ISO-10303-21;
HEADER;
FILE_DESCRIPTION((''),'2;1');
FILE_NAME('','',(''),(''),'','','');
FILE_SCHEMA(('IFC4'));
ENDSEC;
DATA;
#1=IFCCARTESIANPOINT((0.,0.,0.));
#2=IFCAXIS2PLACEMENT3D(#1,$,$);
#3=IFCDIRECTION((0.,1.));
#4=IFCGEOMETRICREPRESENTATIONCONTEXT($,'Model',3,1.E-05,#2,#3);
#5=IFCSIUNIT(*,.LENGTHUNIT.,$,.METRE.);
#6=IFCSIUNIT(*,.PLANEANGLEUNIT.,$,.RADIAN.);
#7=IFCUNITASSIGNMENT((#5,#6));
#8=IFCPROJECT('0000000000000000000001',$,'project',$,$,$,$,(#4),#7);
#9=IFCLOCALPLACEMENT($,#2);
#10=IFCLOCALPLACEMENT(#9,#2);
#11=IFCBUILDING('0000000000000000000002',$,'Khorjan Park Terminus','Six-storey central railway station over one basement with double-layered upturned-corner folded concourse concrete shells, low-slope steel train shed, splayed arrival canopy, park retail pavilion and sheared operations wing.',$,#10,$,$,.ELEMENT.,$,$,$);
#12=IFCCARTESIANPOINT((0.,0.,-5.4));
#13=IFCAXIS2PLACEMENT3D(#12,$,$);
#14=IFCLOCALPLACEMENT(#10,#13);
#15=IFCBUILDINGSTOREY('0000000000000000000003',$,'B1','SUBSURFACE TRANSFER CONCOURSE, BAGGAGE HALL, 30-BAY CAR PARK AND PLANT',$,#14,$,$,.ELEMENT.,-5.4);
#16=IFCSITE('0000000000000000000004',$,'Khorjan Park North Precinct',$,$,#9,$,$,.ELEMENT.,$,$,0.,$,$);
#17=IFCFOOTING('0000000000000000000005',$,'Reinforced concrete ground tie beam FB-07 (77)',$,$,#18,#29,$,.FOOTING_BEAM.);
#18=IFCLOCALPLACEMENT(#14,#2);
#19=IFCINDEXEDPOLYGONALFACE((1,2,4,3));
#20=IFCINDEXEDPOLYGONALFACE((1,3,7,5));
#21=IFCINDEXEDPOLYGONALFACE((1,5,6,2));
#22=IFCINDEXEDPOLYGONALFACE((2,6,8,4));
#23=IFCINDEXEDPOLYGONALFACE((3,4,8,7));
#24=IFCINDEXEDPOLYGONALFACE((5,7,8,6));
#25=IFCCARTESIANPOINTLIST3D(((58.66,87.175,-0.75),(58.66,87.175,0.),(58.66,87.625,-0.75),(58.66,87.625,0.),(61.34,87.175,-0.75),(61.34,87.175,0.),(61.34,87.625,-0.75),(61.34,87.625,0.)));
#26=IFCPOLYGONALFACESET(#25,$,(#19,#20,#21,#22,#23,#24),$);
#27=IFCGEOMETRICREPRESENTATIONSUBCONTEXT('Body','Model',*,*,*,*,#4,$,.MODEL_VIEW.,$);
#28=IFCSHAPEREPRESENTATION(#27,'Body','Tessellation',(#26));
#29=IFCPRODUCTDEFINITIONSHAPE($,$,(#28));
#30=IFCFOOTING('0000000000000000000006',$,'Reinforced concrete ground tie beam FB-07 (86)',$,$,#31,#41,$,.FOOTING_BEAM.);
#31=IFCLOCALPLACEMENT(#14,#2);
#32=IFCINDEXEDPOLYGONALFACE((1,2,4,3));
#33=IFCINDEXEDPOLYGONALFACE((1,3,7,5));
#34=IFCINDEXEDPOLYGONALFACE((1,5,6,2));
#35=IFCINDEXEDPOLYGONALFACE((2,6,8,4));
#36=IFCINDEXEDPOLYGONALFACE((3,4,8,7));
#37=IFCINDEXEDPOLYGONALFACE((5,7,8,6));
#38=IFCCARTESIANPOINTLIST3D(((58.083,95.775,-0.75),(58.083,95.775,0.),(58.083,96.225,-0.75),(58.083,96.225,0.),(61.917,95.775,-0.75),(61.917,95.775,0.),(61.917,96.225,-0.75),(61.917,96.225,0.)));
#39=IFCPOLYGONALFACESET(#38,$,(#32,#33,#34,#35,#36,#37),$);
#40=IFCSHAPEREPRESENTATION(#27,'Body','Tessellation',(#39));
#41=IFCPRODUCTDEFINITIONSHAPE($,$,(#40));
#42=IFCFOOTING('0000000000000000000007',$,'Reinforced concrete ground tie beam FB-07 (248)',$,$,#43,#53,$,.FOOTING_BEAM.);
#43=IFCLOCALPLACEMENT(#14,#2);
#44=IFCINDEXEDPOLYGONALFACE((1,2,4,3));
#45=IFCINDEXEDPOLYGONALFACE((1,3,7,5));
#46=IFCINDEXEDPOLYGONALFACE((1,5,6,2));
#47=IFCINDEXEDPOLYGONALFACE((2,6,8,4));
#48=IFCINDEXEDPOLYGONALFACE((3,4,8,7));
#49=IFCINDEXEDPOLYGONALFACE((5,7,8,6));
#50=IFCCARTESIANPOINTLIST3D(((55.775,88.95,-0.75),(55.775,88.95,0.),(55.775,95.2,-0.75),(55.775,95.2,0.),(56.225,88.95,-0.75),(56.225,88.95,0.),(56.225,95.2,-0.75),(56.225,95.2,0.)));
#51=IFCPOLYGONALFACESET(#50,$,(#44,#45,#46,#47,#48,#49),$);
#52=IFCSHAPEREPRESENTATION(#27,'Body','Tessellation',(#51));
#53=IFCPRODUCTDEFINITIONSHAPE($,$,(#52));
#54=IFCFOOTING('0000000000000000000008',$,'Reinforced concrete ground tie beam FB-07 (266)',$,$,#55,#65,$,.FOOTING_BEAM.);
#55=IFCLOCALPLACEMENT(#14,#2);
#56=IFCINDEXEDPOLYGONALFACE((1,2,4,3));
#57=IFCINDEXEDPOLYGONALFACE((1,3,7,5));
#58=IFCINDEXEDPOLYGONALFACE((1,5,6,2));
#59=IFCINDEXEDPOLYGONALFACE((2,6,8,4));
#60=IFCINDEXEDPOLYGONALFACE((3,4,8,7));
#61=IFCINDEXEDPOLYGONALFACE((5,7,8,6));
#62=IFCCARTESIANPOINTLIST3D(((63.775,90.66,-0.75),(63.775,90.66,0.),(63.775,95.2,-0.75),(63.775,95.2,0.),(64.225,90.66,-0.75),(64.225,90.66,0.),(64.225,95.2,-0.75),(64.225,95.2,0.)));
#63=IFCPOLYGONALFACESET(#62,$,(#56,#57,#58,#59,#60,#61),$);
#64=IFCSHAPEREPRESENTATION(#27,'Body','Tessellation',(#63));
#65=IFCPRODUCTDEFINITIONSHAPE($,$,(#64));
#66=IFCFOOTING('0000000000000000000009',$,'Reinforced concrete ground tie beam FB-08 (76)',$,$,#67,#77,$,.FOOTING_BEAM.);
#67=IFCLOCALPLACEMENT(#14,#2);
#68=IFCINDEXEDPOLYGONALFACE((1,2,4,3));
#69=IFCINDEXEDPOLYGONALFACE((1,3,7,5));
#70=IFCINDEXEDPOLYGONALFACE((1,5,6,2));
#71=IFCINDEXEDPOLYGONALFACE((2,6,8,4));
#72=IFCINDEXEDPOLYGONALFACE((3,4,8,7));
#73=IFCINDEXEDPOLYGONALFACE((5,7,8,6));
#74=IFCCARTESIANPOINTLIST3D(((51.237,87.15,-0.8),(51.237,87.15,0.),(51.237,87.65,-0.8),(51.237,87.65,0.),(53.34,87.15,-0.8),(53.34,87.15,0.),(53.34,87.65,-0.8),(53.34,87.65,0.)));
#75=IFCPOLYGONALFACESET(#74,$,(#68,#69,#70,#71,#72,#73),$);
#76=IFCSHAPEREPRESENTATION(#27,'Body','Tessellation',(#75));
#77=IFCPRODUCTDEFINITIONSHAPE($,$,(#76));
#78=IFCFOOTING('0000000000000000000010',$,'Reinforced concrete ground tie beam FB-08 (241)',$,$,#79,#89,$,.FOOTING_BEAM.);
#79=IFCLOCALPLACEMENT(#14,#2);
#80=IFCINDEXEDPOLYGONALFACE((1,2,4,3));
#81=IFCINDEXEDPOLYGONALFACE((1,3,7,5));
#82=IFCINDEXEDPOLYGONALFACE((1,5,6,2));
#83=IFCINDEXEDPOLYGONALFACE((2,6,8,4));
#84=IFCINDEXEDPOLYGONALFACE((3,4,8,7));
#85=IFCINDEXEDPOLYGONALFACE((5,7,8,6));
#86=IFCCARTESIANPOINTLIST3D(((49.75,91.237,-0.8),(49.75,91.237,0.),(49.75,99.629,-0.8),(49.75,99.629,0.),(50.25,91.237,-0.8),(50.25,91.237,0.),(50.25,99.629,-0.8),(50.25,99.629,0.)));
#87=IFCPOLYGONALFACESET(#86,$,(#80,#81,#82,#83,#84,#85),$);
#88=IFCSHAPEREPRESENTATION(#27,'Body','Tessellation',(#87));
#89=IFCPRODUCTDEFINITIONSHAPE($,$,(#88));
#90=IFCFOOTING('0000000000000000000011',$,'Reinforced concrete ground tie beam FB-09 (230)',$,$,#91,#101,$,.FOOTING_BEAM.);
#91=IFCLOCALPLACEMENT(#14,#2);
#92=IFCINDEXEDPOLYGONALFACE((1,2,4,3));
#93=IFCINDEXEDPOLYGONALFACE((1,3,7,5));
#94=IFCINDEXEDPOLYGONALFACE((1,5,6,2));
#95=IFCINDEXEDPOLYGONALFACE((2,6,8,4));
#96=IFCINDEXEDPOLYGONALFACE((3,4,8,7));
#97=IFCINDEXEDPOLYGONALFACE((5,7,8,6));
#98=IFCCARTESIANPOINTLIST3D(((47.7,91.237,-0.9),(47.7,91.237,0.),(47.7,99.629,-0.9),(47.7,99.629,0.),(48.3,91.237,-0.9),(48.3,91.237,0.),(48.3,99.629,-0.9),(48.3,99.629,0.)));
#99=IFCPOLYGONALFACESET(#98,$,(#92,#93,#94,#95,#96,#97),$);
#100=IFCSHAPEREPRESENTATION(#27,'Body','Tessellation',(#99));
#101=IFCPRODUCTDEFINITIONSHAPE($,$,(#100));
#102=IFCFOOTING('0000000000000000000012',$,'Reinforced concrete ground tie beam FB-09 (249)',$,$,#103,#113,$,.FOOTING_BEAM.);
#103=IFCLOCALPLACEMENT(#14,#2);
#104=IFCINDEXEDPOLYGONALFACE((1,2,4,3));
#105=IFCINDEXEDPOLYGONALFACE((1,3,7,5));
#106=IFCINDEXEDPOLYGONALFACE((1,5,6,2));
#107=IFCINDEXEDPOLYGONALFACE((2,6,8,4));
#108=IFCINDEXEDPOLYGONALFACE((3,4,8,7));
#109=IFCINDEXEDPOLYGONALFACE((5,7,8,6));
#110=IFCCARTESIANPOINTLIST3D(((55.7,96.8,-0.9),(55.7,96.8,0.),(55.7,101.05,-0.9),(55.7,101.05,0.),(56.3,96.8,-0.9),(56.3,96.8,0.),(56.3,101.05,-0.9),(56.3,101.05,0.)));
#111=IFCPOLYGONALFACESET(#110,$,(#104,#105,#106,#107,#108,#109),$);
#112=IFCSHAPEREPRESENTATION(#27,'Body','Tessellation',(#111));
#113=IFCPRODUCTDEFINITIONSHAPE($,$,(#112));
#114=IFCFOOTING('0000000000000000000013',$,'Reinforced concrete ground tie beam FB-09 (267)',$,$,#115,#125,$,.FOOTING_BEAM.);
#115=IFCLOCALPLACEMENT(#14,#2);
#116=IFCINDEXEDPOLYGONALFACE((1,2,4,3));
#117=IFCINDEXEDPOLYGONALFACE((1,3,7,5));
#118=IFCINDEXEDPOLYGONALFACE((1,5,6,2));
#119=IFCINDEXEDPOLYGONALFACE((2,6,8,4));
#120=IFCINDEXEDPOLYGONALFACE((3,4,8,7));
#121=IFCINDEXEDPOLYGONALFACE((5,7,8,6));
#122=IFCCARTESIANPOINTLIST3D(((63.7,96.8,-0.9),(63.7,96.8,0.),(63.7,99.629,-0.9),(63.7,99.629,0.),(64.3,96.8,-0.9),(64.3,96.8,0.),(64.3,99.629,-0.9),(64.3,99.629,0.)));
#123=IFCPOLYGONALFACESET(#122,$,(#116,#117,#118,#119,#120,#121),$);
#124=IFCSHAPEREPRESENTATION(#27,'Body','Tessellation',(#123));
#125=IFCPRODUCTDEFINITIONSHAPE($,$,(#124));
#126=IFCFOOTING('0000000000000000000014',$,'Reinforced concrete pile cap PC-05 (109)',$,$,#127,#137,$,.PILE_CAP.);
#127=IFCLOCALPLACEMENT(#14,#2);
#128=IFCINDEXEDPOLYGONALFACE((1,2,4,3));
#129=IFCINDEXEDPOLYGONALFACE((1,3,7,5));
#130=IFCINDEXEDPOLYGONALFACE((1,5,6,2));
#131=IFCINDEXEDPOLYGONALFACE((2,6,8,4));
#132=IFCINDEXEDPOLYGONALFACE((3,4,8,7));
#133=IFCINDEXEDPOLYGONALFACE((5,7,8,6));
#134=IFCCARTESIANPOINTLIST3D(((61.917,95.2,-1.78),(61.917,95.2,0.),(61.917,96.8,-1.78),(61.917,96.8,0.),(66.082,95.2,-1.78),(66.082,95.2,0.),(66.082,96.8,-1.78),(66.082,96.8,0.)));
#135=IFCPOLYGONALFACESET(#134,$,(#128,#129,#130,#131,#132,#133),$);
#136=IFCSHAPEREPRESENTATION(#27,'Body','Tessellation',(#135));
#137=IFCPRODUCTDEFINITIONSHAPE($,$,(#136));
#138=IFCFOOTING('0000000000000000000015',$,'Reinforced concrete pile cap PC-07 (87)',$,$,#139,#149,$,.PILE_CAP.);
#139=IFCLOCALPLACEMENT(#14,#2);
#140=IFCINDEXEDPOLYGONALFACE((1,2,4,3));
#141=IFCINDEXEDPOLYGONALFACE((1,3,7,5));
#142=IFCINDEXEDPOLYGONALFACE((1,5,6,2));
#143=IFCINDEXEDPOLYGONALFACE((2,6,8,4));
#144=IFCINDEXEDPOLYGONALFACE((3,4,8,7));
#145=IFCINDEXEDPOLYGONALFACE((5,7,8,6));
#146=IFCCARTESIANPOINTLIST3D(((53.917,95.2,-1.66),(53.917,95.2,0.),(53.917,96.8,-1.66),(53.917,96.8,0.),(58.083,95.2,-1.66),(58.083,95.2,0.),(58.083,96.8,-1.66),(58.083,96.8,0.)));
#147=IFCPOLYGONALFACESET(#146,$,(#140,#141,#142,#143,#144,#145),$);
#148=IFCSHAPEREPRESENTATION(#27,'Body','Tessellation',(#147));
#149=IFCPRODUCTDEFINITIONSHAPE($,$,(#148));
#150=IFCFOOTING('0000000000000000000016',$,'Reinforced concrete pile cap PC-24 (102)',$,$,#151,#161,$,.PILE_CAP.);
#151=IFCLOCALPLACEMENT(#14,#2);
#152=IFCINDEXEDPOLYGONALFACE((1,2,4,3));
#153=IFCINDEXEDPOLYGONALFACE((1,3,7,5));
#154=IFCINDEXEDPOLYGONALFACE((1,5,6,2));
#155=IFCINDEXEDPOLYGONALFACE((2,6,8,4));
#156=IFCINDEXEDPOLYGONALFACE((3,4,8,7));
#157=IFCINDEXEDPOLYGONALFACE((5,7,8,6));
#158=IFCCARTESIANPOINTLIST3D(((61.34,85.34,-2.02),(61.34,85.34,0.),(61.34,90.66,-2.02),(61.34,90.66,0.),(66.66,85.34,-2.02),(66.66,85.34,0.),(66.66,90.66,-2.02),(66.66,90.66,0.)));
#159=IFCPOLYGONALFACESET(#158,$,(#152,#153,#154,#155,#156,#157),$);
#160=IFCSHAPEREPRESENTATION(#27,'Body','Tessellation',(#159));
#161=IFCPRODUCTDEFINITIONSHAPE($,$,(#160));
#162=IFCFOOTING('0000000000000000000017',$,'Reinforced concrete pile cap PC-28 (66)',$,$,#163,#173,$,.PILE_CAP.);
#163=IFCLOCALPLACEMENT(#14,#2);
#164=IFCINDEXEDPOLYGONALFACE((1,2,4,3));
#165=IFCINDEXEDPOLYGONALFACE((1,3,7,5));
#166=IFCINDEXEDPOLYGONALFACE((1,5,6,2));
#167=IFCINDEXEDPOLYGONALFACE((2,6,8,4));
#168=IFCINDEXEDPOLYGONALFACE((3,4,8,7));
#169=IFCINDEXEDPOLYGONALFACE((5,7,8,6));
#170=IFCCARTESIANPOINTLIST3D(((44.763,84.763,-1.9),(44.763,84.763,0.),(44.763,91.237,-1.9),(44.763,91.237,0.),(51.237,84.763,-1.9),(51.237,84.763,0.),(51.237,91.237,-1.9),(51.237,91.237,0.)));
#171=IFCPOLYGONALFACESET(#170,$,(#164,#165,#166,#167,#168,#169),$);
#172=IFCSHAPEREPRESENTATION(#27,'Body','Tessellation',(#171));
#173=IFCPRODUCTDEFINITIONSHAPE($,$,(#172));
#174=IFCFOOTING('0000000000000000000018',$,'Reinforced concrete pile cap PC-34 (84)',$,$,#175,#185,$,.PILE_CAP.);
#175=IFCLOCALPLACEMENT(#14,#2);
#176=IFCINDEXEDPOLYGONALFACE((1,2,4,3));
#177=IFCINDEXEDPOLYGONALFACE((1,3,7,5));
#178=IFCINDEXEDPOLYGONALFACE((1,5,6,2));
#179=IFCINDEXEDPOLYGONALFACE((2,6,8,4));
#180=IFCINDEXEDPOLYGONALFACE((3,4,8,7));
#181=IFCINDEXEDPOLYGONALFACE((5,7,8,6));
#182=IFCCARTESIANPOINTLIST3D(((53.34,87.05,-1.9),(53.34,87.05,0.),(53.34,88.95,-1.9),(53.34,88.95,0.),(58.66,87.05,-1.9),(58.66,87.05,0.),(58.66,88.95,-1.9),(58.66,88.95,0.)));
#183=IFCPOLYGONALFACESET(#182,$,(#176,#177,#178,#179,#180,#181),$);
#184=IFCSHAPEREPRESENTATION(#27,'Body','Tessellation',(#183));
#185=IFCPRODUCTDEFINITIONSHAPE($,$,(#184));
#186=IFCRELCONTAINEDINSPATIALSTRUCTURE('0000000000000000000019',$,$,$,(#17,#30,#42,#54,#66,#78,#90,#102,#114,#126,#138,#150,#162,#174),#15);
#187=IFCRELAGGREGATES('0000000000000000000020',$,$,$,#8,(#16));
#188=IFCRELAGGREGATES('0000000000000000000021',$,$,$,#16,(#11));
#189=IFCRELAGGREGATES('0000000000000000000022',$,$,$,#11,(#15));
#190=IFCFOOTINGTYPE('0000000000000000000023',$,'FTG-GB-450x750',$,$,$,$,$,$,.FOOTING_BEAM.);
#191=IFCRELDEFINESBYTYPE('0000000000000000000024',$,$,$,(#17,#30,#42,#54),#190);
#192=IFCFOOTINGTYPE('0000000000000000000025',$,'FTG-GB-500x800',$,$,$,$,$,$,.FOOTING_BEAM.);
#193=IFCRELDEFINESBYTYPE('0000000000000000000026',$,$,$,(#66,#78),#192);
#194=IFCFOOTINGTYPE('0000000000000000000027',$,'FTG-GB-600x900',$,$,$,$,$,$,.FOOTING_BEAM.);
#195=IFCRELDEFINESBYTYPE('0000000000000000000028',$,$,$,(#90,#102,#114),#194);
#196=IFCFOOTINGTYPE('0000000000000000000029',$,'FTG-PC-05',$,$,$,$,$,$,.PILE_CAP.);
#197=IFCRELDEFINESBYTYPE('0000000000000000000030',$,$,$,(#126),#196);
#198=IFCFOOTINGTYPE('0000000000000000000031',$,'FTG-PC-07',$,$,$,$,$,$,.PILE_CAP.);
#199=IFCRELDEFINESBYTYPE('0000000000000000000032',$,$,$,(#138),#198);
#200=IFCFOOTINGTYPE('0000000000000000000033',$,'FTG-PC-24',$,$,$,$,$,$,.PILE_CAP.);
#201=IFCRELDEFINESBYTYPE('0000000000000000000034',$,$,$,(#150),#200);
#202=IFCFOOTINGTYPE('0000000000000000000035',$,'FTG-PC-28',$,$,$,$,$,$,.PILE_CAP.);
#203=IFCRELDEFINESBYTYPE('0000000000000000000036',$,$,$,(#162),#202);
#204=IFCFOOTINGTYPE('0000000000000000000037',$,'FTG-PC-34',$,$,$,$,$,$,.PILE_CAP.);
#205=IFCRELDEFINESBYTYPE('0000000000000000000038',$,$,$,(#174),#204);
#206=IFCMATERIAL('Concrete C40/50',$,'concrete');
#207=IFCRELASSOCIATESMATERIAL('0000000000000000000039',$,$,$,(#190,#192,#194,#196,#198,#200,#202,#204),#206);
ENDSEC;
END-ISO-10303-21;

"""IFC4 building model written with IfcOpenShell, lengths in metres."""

from ifc_helpers import new_model, si_unit, direction, frame, origin, origin_2d, place, context, subcontext, project, spatial, rectangle, extrude, material, material_profile, profile_set, type_object, element, save


model = new_model("IFC4")

# Units and contexts
model_context = context("Model", 3, precision=1e-05, world=origin(), true_north=direction((0.0, 1.0)))
body_context = subcontext(model_context, "Body", "Model", "MODEL_VIEW")
ifc_project = project(units=[si_unit("LENGTHUNIT", "METRE"), si_unit("PLANEANGLEUNIT", "RADIAN")], contexts=[model_context])

# Site, building, storey
site_placement = place(None, origin())
site = spatial("IfcSite", under=ifc_project, at=site_placement, Name="Khorjan Park North Precinct", CompositionType="ELEMENT", RefElevation=0.0)
building_placement = place(site_placement, origin())
building = spatial("IfcBuilding", under=site, at=building_placement, Name="Khorjan Park Terminus", Description="Six-storey central railway station over one basement with double-layered upturned-corner folded concourse concrete shells, low-slope steel train shed, splayed arrival canopy, park retail pavilion and sheared operations wing.", CompositionType="ELEMENT")
storey_placement = place(building_placement, frame((0.0, 0.0, -5.4)))
storey = spatial("IfcBuildingStorey", under=building, at=storey_placement, Name="B1", Description="SUBSURFACE TRANSFER CONCOURSE, BAGGAGE HALL, 30-BAY CAR PARK AND PLANT", CompositionType="ELEMENT", Elevation=-5.4)

# Footings
ifc_material_1 = material(Name="Concrete C40/50", Category="concrete")
ifc_material_profile_1 = material_profile(ifc_material_1, rectangle(XDim=0.45, YDim=0.75, at=origin_2d()), Name="RC 450x750")
ifc_profile_set_1 = profile_set([ifc_material_profile_1], Name="Concrete C40/50")
footing_type_1 = type_object("IfcFootingType", Name="FTG-GB-450x750", PredefinedType="FOOTING_BEAM", material=ifc_profile_set_1)
footing_1_placement = place(storey_placement, frame((58.66, 87.4, -0.375), z_axis=(1.0, 0.0, 0.0), x_axis=(0.0, 1.0, 0.0)))
element("IfcFooting", 1, at=footing_1_placement, inside=storey, type_object=footing_type_1, Name="Reinforced concrete ground tie beam FB-07 (77)", PredefinedType="FOOTING_BEAM", context=body_context, shape_type="SweptSolid", body=[
    extrude(rectangle(XDim=0.45, YDim=0.75, at=origin_2d()), origin(), (0.0, 0.0, 1.0), 2.68),
])
footing_2_placement = place(storey_placement, frame((58.083, 96.0, -0.375), z_axis=(1.0, 0.0, 0.0), x_axis=(0.0, 1.0, 0.0)))
element("IfcFooting", 2, at=footing_2_placement, inside=storey, type_object=footing_type_1, Name="Reinforced concrete ground tie beam FB-07 (86)", PredefinedType="FOOTING_BEAM", context=body_context, shape_type="SweptSolid", body=[
    extrude(rectangle(XDim=0.45, YDim=0.75, at=origin_2d()), origin(), (0.0, 0.0, 1.0), 3.834),
])
footing_3_placement = place(storey_placement, frame((56.0, 88.95, -0.375), z_axis=(0.0, 1.0, 0.0), x_axis=(-1.0, 0.0, 0.0)))
element("IfcFooting", 3, at=footing_3_placement, inside=storey, type_object=footing_type_1, Name="Reinforced concrete ground tie beam FB-07 (248)", PredefinedType="FOOTING_BEAM", context=body_context, shape_type="SweptSolid", body=[
    extrude(rectangle(XDim=0.45, YDim=0.75, at=origin_2d()), origin(), (0.0, 0.0, 1.0), 6.25),
])
footing_4_placement = place(storey_placement, frame((64.0, 90.66, -0.375), z_axis=(0.0, 1.0, 0.0), x_axis=(-1.0, 0.0, 0.0)))
element("IfcFooting", 4, at=footing_4_placement, inside=storey, type_object=footing_type_1, Name="Reinforced concrete ground tie beam FB-07 (266)", PredefinedType="FOOTING_BEAM", context=body_context, shape_type="SweptSolid", body=[
    extrude(rectangle(XDim=0.45, YDim=0.75, at=origin_2d()), origin(), (0.0, 0.0, 1.0), 4.54),
])
ifc_material_profile_2 = material_profile(ifc_material_1, rectangle(XDim=0.5, YDim=0.8, at=origin_2d()), Name="RC 500x800")
ifc_profile_set_2 = profile_set([ifc_material_profile_2], Name="Concrete C40/50")
footing_type_2 = type_object("IfcFootingType", Name="FTG-GB-500x800", PredefinedType="FOOTING_BEAM", material=ifc_profile_set_2)
footing_5_placement = place(storey_placement, frame((51.237, 87.4, -0.4), z_axis=(1.0, 0.0, 0.0), x_axis=(0.0, 1.0, 0.0)))
element("IfcFooting", 5, at=footing_5_placement, inside=storey, type_object=footing_type_2, Name="Reinforced concrete ground tie beam FB-08 (76)", PredefinedType="FOOTING_BEAM", context=body_context, shape_type="SweptSolid", body=[
    extrude(rectangle(XDim=0.5, YDim=0.8, at=origin_2d()), origin(), (0.0, 0.0, 1.0), 2.103),
])
footing_6_placement = place(storey_placement, frame((50.0, 91.237, -0.4), z_axis=(0.0, 1.0, 0.0), x_axis=(-1.0, 0.0, 0.0)))
element("IfcFooting", 6, at=footing_6_placement, inside=storey, type_object=footing_type_2, Name="Reinforced concrete ground tie beam FB-08 (241)", PredefinedType="FOOTING_BEAM", context=body_context, shape_type="SweptSolid", body=[
    extrude(rectangle(XDim=0.5, YDim=0.8, at=origin_2d()), origin(), (0.0, 0.0, 1.0), 8.392),
])
ifc_material_profile_3 = material_profile(ifc_material_1, rectangle(XDim=0.6, YDim=0.9, at=origin_2d()), Name="RC 600x900")
ifc_profile_set_3 = profile_set([ifc_material_profile_3], Name="Concrete C40/50")
footing_type_3 = type_object("IfcFootingType", Name="FTG-GB-600x900", PredefinedType="FOOTING_BEAM", material=ifc_profile_set_3)
footing_7_placement = place(storey_placement, frame((48.0, 91.237, -0.45), z_axis=(0.0, 1.0, 0.0), x_axis=(-1.0, 0.0, 0.0)))
element("IfcFooting", 7, at=footing_7_placement, inside=storey, type_object=footing_type_3, Name="Reinforced concrete ground tie beam FB-09 (230)", PredefinedType="FOOTING_BEAM", context=body_context, shape_type="SweptSolid", body=[
    extrude(rectangle(XDim=0.6, YDim=0.9, at=origin_2d()), origin(), (0.0, 0.0, 1.0), 8.392),
])
footing_8_placement = place(storey_placement, frame((56.0, 96.8, -0.45), z_axis=(0.0, 1.0, 0.0), x_axis=(-1.0, 0.0, 0.0)))
element("IfcFooting", 8, at=footing_8_placement, inside=storey, type_object=footing_type_3, Name="Reinforced concrete ground tie beam FB-09 (249)", PredefinedType="FOOTING_BEAM", context=body_context, shape_type="SweptSolid", body=[
    extrude(rectangle(XDim=0.6, YDim=0.9, at=origin_2d()), origin(), (0.0, 0.0, 1.0), 4.25),
])
footing_9_placement = place(storey_placement, frame((64.0, 96.8, -0.45), z_axis=(0.0, 1.0, 0.0), x_axis=(-1.0, 0.0, 0.0)))
element("IfcFooting", 9, at=footing_9_placement, inside=storey, type_object=footing_type_3, Name="Reinforced concrete ground tie beam FB-09 (267)", PredefinedType="FOOTING_BEAM", context=body_context, shape_type="SweptSolid", body=[
    extrude(rectangle(XDim=0.6, YDim=0.9, at=origin_2d()), origin(), (0.0, 0.0, 1.0), 2.829),
])
footing_type_4 = type_object("IfcFootingType", Name="FTG-PC-05", PredefinedType="PILE_CAP", material=ifc_material_1)
footing_10_placement = place(storey_placement, frame((63.9995, 96.0, -1.78), z_axis=(0.0, 0.0, 1.0), x_axis=(1.0, 0.0, 0.0)))
element("IfcFooting", 10, at=footing_10_placement, inside=storey, type_object=footing_type_4, Name="Reinforced concrete pile cap PC-05 (109)", PredefinedType="PILE_CAP", context=body_context, shape_type="SweptSolid", body=[
    extrude(rectangle(XDim=4.165, YDim=1.6, at=origin_2d()), origin(), (0.0, 0.0, 1.0), 1.78),
])
footing_type_5 = type_object("IfcFootingType", Name="FTG-PC-07", PredefinedType="PILE_CAP", material=ifc_material_1)
footing_11_placement = place(storey_placement, frame((56.0, 96.0, -1.66), z_axis=(0.0, 0.0, 1.0), x_axis=(1.0, 0.0, 0.0)))
element("IfcFooting", 11, at=footing_11_placement, inside=storey, type_object=footing_type_5, Name="Reinforced concrete pile cap PC-07 (87)", PredefinedType="PILE_CAP", context=body_context, shape_type="SweptSolid", body=[
    extrude(rectangle(XDim=4.166, YDim=1.6, at=origin_2d()), origin(), (0.0, 0.0, 1.0), 1.66),
])
footing_type_6 = type_object("IfcFootingType", Name="FTG-PC-24", PredefinedType="PILE_CAP", material=ifc_material_1)
footing_12_placement = place(storey_placement, frame((64.0, 88.0, -2.02), z_axis=(0.0, 0.0, 1.0), x_axis=(1.0, 0.0, 0.0)))
element("IfcFooting", 12, at=footing_12_placement, inside=storey, type_object=footing_type_6, Name="Reinforced concrete pile cap PC-24 (102)", PredefinedType="PILE_CAP", context=body_context, shape_type="SweptSolid", body=[
    extrude(rectangle(XDim=5.32, YDim=5.32, at=origin_2d()), origin(), (0.0, 0.0, 1.0), 2.02),
])
footing_type_7 = type_object("IfcFootingType", Name="FTG-PC-28", PredefinedType="PILE_CAP", material=ifc_material_1)
footing_13_placement = place(storey_placement, frame((48.0, 88.0, -1.9), z_axis=(0.0, 0.0, 1.0), x_axis=(1.0, 0.0, 0.0)))
element("IfcFooting", 13, at=footing_13_placement, inside=storey, type_object=footing_type_7, Name="Reinforced concrete pile cap PC-28 (66)", PredefinedType="PILE_CAP", context=body_context, shape_type="SweptSolid", body=[
    extrude(rectangle(XDim=6.474, YDim=6.474, at=origin_2d()), origin(), (0.0, 0.0, 1.0), 1.9),
])
footing_type_8 = type_object("IfcFootingType", Name="FTG-PC-34", PredefinedType="PILE_CAP", material=ifc_material_1)
footing_14_placement = place(storey_placement, frame((56.0, 88.0, -1.9), z_axis=(0.0, 0.0, 1.0), x_axis=(1.0, 0.0, 0.0)))
element("IfcFooting", 14, at=footing_14_placement, inside=storey, type_object=footing_type_8, Name="Reinforced concrete pile cap PC-34 (84)", PredefinedType="PILE_CAP", context=body_context, shape_type="SweptSolid", body=[
    extrude(rectangle(XDim=5.32, YDim=1.9, at=origin_2d()), origin(), (0.0, 0.0, 1.0), 1.9),
])

save(model, "model.ifc")
